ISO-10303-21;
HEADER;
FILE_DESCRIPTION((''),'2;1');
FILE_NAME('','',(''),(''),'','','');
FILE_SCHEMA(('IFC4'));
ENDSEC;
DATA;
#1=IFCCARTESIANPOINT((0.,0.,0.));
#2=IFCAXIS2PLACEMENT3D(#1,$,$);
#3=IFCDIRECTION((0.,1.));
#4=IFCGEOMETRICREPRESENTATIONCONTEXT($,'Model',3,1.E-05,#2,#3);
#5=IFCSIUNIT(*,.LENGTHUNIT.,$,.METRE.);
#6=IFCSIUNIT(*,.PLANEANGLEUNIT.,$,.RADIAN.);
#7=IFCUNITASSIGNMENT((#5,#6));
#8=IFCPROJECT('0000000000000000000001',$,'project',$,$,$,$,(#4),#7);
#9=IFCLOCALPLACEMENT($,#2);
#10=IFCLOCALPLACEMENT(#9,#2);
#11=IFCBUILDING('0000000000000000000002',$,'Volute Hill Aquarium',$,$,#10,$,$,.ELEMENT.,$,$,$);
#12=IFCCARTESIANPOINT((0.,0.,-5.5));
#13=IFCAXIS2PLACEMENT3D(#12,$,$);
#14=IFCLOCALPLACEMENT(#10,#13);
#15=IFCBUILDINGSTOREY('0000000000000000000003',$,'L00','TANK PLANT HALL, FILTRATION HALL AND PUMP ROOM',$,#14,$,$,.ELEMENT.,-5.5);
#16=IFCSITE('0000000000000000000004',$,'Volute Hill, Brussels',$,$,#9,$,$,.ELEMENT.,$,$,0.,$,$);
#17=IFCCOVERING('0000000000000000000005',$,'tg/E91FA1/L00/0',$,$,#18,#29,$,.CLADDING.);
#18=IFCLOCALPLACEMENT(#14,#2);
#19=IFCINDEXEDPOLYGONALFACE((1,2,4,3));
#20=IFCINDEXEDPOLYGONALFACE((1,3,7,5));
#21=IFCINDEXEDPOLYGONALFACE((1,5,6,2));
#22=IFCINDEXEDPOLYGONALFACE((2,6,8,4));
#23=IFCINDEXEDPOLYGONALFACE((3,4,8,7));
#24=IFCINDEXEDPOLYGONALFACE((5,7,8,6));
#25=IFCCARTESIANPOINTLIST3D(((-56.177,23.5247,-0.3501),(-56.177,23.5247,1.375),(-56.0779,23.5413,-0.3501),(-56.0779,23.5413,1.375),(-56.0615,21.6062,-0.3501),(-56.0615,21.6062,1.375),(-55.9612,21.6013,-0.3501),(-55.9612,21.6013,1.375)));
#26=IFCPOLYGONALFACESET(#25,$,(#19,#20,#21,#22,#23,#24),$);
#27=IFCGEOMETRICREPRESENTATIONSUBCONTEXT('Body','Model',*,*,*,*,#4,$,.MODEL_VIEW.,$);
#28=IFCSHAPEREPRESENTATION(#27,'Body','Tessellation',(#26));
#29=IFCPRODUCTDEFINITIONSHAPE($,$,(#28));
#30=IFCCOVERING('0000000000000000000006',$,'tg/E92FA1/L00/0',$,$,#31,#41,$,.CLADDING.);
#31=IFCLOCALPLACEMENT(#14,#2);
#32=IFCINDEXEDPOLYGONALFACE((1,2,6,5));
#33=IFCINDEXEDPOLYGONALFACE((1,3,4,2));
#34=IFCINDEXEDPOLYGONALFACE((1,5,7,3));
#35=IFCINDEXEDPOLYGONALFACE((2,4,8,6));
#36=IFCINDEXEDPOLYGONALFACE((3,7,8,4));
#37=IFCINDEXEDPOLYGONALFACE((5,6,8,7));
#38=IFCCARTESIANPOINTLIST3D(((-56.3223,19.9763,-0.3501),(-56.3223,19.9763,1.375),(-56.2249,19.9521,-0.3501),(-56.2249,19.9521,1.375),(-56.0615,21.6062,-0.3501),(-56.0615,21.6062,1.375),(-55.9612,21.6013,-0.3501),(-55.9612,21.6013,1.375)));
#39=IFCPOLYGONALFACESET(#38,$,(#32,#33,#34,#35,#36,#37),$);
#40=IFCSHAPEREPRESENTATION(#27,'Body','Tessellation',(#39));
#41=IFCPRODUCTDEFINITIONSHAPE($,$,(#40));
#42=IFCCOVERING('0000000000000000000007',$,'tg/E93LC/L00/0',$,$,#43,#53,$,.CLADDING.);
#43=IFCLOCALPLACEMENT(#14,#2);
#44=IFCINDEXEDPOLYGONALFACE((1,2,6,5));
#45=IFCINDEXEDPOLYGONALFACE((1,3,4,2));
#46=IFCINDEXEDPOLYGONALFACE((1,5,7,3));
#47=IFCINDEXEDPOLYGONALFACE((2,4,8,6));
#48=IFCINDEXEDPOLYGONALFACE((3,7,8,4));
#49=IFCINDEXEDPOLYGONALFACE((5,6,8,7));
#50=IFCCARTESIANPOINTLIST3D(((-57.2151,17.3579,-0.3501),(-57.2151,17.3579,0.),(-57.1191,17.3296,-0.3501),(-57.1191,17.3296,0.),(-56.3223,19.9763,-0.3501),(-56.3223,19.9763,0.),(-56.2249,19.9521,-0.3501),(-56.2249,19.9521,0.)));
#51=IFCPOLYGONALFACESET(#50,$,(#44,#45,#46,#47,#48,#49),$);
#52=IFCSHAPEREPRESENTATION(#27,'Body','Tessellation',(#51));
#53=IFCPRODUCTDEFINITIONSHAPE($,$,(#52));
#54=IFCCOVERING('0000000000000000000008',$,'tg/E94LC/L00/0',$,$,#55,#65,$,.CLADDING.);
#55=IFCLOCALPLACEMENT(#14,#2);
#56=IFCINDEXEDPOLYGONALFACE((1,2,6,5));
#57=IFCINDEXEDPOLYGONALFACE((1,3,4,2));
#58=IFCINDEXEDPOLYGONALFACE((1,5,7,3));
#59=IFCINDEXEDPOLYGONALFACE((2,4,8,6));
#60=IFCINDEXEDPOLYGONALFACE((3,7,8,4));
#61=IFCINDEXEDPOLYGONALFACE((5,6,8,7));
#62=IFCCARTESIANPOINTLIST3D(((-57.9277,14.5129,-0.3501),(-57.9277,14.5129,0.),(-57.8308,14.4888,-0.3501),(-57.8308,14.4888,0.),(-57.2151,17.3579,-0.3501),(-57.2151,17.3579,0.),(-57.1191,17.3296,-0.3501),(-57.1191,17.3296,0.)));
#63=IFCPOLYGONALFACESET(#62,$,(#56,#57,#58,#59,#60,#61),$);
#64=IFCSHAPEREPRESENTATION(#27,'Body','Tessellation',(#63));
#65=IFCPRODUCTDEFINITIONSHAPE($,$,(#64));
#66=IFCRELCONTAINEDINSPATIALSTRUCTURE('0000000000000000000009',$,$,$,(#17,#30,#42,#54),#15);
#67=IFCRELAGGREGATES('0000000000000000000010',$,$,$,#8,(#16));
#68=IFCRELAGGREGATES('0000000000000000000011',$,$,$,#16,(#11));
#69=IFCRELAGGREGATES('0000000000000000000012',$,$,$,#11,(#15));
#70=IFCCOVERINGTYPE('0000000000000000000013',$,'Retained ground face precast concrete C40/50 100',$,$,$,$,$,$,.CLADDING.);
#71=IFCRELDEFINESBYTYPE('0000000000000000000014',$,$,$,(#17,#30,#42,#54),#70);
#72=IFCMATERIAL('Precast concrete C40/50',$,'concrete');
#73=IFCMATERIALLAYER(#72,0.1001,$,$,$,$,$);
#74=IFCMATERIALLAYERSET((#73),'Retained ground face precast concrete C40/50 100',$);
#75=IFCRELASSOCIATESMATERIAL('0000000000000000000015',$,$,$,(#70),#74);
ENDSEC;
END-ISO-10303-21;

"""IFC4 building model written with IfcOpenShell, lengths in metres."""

from ifc_helpers import new_model, si_unit, direction, frame, origin, place, context, subcontext, project, spatial, polyline, outline, extrude, material, layer, layer_set, type_object, element, save


model = new_model("IFC4")

# Units and contexts
model_context = context("Model", 3, precision=1e-05, world=origin(), true_north=direction((0.0, 1.0)))
body_context = subcontext(model_context, "Body", "Model", "MODEL_VIEW")
ifc_project = project(units=[si_unit("LENGTHUNIT", "METRE"), si_unit("PLANEANGLEUNIT", "RADIAN")], contexts=[model_context])

# Site, building, storey
site_placement = place(None, origin())
site = spatial("IfcSite", under=ifc_project, at=site_placement, Name="Volute Hill, Brussels", CompositionType="ELEMENT", RefElevation=0.0)
building_placement = place(site_placement, origin())
building = spatial("IfcBuilding", under=site, at=building_placement, Name="Volute Hill Aquarium", CompositionType="ELEMENT")
storey_placement = place(building_placement, frame((0.0, 0.0, -5.5)))
storey = spatial("IfcBuildingStorey", under=building, at=storey_placement, Name="L00", Description="TANK PLANT HALL, FILTRATION HALL AND PUMP ROOM", CompositionType="ELEMENT", Elevation=-5.5)

# Coverings
ifc_material_1 = material(Name="Precast concrete C40/50", Category="concrete")
ifc_layer_1 = layer(ifc_material_1, 0.1001)
ifc_layer_set_1 = layer_set([ifc_layer_1], Name="Retained ground face precast concrete C40/50 100")
covering_type = type_object("IfcCoveringType", Name="Retained ground face precast concrete C40/50 100", PredefinedType="CLADDING", material=ifc_layer_set_1)
covering_1_placement = place(storey_placement, frame((0.0, 0.0, -0.3501)))
element("IfcCovering", 1, at=covering_1_placement, inside=storey, type_object=covering_type, Name="tg/E91FA1/L00/0", PredefinedType="CLADDING", context=body_context, shape_type="SweptSolid", body=[
    extrude(outline(polyline([(-56.0615, 21.6062), (-56.0615, 21.6062), (-55.9612, 21.6013), (-56.0779, 23.5413), (-56.177, 23.5247), (-56.0615, 21.6062)])), origin(), (0.0, 0.0, 1.0), 1.7251),
])
covering_2_placement = place(storey_placement, frame((0.0, 0.0, -0.3501)))
element("IfcCovering", 2, at=covering_2_placement, inside=storey, type_object=covering_type, Name="tg/E92FA1/L00/0", PredefinedType="CLADDING", context=body_context, shape_type="SweptSolid", body=[
    extrude(outline(polyline([(-56.0615, 21.6062), (-56.3223, 19.9763), (-56.2249, 19.9521), (-56.2249, 19.9521), (-55.9612, 21.6013), (-55.9612, 21.6013), (-56.0615, 21.6062)])), origin(), (0.0, 0.0, 1.0), 1.7251),
])
covering_3_placement = place(storey_placement, frame((0.0, 0.0, -0.3501)))
element("IfcCovering", 3, at=covering_3_placement, inside=storey, type_object=covering_type, Name="tg/E93LC/L00/0", PredefinedType="CLADDING", context=body_context, shape_type="SweptSolid", body=[
    extrude(outline(polyline([(-56.3223, 19.9763), (-57.2151, 17.3579), (-57.1191, 17.3296), (-56.2249, 19.9521), (-56.3223, 19.9763), (-56.3223, 19.9763)])), origin(), (0.0, 0.0, 1.0), 0.3501),
])
covering_4_placement = place(storey_placement, frame((0.0, 0.0, -0.3501)))
element("IfcCovering", 4, at=covering_4_placement, inside=storey, type_object=covering_type, Name="tg/E94LC/L00/0", PredefinedType="CLADDING", context=body_context, shape_type="SweptSolid", body=[
    extrude(outline(polyline([(-57.2151, 17.3579), (-57.9277, 14.5129), (-57.8308, 14.4888), (-57.1191, 17.3296), (-57.1191, 17.3296), (-57.2151, 17.3579), (-57.2151, 17.3579)])), origin(), (0.0, 0.0, 1.0), 0.3501),
])

save(model, "model.ifc")
